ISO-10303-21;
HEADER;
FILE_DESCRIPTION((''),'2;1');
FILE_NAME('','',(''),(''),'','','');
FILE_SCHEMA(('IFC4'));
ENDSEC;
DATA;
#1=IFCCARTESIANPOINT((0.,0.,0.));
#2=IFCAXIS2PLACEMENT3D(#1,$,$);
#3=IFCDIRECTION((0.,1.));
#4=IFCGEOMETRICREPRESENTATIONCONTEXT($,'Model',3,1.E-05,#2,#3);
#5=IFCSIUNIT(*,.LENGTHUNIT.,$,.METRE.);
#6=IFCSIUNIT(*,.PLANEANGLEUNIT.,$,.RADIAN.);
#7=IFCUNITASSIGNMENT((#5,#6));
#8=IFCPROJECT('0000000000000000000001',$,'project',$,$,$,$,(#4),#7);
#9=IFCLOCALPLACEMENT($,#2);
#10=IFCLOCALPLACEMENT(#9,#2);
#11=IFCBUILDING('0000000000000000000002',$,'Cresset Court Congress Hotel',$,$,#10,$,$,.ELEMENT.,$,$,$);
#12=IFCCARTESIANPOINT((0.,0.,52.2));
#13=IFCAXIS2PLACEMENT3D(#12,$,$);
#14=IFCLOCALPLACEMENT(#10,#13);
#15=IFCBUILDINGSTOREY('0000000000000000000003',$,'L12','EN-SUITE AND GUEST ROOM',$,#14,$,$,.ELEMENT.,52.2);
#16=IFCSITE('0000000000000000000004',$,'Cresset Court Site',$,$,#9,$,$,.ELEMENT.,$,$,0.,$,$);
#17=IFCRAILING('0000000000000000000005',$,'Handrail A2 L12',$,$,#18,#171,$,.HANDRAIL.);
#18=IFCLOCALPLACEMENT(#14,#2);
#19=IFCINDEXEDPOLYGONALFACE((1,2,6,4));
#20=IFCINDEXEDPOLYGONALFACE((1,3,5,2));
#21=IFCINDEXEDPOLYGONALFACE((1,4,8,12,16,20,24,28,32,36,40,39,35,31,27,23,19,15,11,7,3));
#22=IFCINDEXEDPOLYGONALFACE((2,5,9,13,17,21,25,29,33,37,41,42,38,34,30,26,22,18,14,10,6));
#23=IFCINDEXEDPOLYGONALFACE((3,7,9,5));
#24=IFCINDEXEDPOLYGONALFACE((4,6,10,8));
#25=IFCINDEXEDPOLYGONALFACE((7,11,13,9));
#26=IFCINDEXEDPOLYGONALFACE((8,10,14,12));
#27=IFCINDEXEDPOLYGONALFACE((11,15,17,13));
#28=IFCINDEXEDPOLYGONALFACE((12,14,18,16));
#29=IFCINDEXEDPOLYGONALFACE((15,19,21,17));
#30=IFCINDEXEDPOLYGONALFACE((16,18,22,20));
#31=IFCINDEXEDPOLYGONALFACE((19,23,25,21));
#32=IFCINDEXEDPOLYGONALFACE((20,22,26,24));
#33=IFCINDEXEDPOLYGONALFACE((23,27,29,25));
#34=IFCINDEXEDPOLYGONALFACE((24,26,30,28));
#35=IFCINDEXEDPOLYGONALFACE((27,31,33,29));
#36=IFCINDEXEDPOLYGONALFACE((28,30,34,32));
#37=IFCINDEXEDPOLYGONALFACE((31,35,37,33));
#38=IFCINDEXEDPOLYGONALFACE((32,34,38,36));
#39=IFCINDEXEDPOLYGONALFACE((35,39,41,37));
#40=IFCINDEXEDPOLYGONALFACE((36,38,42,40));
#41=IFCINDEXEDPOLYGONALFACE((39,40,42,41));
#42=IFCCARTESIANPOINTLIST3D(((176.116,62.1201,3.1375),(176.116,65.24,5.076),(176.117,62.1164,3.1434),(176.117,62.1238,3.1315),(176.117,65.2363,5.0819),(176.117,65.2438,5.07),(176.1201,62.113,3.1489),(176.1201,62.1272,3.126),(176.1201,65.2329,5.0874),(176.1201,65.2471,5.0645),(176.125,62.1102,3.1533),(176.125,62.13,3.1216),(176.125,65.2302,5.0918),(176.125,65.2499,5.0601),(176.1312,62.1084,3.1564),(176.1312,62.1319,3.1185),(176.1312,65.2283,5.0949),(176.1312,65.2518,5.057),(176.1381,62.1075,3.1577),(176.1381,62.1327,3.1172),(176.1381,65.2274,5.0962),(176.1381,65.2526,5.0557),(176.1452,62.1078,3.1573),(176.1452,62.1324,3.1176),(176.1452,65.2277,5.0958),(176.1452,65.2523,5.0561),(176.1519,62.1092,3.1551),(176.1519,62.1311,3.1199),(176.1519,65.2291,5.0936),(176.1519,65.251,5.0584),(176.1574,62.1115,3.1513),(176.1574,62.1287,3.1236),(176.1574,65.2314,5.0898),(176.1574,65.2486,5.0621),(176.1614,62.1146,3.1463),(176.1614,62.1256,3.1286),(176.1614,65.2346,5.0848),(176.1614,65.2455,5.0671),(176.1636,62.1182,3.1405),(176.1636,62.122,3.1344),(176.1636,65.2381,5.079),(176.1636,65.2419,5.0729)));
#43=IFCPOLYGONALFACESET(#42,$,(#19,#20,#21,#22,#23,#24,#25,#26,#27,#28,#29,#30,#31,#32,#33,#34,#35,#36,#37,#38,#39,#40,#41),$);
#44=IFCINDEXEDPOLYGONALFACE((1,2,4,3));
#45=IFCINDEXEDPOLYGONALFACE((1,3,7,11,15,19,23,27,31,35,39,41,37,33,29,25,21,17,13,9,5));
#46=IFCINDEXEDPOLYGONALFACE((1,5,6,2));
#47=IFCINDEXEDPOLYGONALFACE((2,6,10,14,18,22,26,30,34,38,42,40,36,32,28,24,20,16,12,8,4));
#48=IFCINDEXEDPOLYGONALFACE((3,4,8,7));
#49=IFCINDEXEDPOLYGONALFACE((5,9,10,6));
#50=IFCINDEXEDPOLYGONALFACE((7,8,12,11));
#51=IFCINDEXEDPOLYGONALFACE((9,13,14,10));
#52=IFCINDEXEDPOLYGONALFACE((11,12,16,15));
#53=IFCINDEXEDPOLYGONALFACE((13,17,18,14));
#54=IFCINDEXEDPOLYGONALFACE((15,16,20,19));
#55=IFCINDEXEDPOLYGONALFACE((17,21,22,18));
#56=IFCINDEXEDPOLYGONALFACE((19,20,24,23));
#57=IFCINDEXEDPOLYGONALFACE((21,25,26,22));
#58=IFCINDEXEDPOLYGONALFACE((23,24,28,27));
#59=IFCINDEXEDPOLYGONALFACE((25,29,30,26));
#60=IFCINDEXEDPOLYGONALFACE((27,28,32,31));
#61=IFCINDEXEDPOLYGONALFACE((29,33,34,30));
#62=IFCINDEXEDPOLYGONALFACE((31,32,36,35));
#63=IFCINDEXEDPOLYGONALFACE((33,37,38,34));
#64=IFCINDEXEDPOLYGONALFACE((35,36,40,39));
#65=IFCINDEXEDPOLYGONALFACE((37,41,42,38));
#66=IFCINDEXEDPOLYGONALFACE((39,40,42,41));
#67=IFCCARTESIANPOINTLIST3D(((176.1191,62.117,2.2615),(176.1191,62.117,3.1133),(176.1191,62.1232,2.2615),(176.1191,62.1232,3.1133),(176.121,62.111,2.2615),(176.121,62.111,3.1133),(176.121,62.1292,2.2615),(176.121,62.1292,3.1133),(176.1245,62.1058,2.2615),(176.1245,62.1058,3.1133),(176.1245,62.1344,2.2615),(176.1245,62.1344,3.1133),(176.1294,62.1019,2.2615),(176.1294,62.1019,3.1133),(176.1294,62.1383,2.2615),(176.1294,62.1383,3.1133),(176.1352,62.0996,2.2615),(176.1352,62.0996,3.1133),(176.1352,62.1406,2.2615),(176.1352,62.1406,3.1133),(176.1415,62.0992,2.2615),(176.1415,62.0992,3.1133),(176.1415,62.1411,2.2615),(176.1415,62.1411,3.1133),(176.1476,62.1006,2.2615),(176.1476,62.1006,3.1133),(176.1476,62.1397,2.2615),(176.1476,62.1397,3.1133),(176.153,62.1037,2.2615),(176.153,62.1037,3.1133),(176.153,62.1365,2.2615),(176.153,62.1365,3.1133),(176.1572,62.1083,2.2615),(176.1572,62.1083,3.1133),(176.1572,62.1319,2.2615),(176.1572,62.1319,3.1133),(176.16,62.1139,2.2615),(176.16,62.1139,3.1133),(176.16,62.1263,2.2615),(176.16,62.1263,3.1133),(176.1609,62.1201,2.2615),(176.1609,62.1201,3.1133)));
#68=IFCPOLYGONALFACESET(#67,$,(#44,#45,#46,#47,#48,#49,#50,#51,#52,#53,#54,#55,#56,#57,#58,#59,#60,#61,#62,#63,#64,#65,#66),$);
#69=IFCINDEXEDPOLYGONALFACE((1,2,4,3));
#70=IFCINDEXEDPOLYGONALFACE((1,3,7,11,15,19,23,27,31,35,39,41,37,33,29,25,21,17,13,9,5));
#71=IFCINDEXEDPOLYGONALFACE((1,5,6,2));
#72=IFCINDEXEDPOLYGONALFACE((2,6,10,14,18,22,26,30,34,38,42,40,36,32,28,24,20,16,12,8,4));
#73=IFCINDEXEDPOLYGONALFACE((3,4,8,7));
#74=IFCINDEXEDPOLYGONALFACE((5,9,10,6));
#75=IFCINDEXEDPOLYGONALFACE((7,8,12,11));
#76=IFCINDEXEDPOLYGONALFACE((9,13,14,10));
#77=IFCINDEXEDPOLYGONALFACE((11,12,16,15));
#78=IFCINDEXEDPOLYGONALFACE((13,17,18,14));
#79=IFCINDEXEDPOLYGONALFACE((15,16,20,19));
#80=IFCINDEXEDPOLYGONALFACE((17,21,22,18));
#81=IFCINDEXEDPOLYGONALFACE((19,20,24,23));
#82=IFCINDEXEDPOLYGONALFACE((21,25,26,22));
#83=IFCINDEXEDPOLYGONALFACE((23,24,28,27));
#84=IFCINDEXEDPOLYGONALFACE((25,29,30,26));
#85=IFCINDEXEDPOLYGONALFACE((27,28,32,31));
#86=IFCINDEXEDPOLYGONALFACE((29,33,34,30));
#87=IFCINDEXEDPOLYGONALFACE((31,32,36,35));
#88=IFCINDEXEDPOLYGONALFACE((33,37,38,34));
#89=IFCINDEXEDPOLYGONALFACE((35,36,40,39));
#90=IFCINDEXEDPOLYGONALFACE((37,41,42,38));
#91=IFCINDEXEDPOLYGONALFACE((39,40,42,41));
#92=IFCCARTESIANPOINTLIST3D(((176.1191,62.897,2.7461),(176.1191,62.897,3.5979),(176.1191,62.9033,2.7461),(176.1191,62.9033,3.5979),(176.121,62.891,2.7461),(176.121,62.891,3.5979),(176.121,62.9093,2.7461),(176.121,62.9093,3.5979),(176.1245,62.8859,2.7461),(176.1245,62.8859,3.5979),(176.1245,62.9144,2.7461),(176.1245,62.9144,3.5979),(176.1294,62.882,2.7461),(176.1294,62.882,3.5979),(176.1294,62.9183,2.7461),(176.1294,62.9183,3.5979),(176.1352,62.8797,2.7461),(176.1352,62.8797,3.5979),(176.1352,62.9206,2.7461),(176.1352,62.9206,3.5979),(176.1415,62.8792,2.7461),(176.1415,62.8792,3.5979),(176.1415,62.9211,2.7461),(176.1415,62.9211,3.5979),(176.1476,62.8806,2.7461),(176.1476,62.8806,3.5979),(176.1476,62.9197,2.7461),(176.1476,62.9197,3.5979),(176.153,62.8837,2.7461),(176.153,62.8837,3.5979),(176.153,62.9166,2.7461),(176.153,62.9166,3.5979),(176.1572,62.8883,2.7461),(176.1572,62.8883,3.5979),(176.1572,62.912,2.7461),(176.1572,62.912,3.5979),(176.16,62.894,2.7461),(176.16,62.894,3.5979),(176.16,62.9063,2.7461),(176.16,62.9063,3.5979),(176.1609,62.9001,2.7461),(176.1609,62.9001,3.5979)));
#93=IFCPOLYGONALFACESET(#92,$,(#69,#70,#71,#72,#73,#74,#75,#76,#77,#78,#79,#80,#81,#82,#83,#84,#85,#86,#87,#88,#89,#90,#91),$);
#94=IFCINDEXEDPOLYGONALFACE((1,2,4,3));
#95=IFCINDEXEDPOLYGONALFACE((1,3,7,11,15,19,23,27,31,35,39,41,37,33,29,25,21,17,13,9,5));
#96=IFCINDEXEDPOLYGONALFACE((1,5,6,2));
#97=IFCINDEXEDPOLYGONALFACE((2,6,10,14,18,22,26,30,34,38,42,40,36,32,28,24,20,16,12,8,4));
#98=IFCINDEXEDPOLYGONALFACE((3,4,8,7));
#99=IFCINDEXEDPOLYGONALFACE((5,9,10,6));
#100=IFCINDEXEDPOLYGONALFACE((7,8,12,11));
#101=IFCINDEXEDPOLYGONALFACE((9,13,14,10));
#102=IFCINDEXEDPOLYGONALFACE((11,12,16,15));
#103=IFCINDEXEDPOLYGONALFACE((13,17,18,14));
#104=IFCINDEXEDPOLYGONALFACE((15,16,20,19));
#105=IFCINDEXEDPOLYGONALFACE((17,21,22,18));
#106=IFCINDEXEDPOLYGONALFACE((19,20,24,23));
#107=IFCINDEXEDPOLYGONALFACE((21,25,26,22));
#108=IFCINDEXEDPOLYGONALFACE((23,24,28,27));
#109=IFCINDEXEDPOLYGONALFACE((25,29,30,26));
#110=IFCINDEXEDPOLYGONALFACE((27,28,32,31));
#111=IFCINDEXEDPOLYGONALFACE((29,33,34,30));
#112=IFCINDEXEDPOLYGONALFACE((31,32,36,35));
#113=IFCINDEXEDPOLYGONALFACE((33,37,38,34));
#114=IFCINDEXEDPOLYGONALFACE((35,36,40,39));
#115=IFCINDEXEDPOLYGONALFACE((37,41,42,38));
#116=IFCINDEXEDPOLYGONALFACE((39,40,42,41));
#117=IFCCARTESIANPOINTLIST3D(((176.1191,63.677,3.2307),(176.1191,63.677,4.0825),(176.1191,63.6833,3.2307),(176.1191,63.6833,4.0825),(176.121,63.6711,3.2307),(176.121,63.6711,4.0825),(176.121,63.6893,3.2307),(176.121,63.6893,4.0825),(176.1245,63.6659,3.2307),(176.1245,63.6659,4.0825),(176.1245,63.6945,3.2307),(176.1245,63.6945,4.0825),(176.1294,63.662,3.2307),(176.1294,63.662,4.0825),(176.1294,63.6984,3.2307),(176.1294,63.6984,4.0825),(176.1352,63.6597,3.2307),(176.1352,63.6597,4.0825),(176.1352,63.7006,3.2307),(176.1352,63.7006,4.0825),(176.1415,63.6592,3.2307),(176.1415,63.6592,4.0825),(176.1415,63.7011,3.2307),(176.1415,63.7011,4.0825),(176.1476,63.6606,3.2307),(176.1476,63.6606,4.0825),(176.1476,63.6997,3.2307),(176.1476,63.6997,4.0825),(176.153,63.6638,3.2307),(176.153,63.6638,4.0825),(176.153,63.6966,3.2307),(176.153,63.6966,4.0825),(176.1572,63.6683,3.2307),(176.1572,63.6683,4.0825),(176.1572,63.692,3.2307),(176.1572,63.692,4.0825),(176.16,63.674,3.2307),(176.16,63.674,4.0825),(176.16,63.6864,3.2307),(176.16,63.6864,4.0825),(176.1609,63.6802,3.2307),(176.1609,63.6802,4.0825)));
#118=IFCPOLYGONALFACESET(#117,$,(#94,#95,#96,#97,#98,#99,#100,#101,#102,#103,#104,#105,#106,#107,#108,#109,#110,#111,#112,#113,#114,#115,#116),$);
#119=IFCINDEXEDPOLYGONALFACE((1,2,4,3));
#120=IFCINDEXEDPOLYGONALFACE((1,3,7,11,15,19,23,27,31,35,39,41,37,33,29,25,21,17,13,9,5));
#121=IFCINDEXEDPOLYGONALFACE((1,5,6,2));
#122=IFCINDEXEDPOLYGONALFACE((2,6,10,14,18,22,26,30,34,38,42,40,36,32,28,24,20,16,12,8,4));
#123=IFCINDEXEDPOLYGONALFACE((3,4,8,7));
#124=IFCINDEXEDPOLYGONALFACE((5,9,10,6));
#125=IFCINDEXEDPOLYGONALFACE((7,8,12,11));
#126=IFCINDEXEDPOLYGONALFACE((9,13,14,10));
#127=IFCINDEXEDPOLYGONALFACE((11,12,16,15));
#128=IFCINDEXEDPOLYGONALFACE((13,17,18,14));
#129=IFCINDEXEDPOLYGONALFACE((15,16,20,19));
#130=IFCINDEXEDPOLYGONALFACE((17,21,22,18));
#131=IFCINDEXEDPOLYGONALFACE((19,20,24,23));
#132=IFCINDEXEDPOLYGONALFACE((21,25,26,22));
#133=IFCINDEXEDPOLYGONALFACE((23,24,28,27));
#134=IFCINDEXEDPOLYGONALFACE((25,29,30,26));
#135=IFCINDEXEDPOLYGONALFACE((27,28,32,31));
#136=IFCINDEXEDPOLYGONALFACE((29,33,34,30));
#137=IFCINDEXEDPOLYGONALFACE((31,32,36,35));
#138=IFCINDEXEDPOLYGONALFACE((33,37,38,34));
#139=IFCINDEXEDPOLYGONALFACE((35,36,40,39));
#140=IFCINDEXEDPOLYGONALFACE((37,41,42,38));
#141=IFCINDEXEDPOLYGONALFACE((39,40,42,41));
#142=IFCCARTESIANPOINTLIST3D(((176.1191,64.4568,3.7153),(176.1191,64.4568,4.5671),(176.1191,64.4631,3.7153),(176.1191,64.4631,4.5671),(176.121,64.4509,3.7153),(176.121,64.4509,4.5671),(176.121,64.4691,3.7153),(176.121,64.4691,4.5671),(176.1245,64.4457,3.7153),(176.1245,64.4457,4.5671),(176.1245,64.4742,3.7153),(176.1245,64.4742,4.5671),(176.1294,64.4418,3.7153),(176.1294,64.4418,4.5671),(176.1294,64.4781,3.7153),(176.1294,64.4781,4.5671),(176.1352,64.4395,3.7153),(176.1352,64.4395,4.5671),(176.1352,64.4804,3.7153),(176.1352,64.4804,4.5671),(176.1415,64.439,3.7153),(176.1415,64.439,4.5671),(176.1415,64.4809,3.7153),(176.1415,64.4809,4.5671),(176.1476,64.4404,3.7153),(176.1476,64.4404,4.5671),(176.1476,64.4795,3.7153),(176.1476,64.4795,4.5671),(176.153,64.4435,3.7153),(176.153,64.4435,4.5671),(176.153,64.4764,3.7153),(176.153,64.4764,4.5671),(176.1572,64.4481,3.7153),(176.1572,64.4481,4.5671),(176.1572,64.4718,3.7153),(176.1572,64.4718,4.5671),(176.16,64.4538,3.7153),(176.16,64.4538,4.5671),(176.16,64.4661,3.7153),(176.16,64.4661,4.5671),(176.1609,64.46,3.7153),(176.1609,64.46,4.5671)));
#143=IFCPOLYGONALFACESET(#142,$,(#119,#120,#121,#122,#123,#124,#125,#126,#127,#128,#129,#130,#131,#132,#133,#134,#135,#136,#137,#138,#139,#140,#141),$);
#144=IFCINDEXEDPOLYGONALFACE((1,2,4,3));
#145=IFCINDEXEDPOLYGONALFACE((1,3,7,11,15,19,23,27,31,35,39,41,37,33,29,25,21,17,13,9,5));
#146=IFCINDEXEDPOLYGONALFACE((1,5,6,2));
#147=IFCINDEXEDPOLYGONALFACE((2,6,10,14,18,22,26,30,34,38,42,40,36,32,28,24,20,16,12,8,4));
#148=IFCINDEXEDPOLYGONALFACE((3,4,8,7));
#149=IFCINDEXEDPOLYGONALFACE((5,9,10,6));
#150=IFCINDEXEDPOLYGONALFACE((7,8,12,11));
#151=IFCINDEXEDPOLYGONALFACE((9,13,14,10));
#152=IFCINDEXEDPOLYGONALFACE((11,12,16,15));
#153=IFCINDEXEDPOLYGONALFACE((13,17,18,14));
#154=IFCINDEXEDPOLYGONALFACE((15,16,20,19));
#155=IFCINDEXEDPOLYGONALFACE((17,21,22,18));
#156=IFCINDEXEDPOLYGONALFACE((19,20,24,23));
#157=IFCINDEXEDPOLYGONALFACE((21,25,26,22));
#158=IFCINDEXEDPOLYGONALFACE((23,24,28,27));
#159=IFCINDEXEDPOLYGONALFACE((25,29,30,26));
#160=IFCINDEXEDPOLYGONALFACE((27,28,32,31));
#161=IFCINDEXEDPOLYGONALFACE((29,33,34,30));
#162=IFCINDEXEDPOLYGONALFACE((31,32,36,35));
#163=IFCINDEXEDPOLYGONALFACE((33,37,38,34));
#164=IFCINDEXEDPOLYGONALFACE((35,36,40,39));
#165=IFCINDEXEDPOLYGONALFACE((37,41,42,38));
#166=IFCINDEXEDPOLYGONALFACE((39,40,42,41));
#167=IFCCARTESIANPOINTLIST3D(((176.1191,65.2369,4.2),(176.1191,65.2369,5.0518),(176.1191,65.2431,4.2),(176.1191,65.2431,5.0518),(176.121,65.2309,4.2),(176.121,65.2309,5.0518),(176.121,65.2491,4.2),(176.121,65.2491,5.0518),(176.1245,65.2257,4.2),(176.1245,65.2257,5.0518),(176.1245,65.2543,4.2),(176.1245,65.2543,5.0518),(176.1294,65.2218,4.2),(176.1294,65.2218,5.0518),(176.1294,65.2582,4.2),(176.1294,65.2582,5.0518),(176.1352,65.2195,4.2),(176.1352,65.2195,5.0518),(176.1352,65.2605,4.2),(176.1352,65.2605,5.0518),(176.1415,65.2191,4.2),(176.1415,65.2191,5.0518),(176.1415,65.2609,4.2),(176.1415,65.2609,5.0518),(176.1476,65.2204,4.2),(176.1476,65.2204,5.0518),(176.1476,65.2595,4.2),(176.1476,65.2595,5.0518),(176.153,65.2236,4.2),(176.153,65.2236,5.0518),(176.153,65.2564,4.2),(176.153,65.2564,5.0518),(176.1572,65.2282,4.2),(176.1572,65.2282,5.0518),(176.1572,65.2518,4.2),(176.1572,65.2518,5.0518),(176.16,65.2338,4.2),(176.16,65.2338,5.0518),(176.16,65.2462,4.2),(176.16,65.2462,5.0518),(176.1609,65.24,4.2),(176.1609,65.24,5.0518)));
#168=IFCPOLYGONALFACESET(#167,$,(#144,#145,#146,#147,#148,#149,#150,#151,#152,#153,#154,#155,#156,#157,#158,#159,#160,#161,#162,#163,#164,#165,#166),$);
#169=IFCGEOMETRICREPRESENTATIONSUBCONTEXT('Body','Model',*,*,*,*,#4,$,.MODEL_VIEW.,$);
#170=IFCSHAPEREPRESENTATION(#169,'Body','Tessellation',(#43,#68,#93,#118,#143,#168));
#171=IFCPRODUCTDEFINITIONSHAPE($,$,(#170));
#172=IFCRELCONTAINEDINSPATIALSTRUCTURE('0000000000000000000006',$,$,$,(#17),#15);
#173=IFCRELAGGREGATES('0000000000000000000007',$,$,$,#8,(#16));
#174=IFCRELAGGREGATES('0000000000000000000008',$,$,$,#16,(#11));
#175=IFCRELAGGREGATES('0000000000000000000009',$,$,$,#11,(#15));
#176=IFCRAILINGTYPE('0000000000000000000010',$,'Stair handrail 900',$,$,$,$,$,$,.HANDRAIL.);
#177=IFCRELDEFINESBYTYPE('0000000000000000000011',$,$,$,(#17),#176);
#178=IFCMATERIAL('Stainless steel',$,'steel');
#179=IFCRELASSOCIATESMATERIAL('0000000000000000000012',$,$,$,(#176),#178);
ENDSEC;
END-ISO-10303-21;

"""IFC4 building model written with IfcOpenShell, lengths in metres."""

from ifc_helpers import new_model, si_unit, direction, frame, origin, origin_2d, place, context, subcontext, project, spatial, circle, extrude, material, type_object, element, save


model = new_model("IFC4")

# Units and contexts
model_context = context("Model", 3, precision=1e-05, world=origin(), true_north=direction((0.0, 1.0)))
body_context = subcontext(model_context, "Body", "Model", "MODEL_VIEW")
ifc_project = project(units=[si_unit("LENGTHUNIT", "METRE"), si_unit("PLANEANGLEUNIT", "RADIAN")], contexts=[model_context])

# Site, building, storey
site_placement = place(None, origin())
site = spatial("IfcSite", under=ifc_project, at=site_placement, Name="Cresset Court Site", CompositionType="ELEMENT", RefElevation=0.0)
building_placement = place(site_placement, origin())
building = spatial("IfcBuilding", under=site, at=building_placement, Name="Cresset Court Congress Hotel", CompositionType="ELEMENT")
storey_placement = place(building_placement, frame((0.0, 0.0, 52.2)))
storey = spatial("IfcBuildingStorey", under=building, at=storey_placement, Name="L12", Description="EN-SUITE AND GUEST ROOM", CompositionType="ELEMENT", Elevation=52.2)

# Railing
ifc_material_1 = material(Name="Stainless steel", Category="steel")
railing_type_1 = type_object("IfcRailingType", Name="Stair handrail 900", PredefinedType="HANDRAIL", material=ifc_material_1)
railing_1_placement = place(storey_placement, frame((176.1399, 62.1201, 2.2615)))
element("IfcRailing", 1, at=railing_1_placement, inside=storey, type_object=railing_type_1, Name="Handrail A2 L12", PredefinedType="HANDRAIL", context=body_context, shape_type="SweptSolid", body=[
    extrude(circle(Radius=0.0239, at=origin_2d()), frame((0.0, 0.0, 0.876), z_axis=(0.0, 0.849396, 0.527757), x_axis=(-1.0, 0.0, 0.0)), (0.0, 0.0, 1.0), 3.6731),
    extrude(circle(Radius=0.021, at=origin_2d()), origin(), (0.0, 0.0, 1.0), 0.8518),
    extrude(circle(Radius=0.021, at=origin_2d()), frame((0.0, 0.78, 0.4846)), (0.0, 0.0, 1.0), 0.8518),
    extrude(circle(Radius=0.021, at=origin_2d()), frame((0.0, 1.5601, 0.9692)), (0.0, 0.0, 1.0), 0.8518),
    extrude(circle(Radius=0.021, at=origin_2d()), frame((0.0, 2.3398, 1.4539)), (0.0, 0.0, 1.0), 0.8518),
    extrude(circle(Radius=0.021, at=origin_2d()), frame((0.0, 3.1199, 1.9385)), (0.0, 0.0, 1.0), 0.8518),
])

save(model, "model.ifc")
